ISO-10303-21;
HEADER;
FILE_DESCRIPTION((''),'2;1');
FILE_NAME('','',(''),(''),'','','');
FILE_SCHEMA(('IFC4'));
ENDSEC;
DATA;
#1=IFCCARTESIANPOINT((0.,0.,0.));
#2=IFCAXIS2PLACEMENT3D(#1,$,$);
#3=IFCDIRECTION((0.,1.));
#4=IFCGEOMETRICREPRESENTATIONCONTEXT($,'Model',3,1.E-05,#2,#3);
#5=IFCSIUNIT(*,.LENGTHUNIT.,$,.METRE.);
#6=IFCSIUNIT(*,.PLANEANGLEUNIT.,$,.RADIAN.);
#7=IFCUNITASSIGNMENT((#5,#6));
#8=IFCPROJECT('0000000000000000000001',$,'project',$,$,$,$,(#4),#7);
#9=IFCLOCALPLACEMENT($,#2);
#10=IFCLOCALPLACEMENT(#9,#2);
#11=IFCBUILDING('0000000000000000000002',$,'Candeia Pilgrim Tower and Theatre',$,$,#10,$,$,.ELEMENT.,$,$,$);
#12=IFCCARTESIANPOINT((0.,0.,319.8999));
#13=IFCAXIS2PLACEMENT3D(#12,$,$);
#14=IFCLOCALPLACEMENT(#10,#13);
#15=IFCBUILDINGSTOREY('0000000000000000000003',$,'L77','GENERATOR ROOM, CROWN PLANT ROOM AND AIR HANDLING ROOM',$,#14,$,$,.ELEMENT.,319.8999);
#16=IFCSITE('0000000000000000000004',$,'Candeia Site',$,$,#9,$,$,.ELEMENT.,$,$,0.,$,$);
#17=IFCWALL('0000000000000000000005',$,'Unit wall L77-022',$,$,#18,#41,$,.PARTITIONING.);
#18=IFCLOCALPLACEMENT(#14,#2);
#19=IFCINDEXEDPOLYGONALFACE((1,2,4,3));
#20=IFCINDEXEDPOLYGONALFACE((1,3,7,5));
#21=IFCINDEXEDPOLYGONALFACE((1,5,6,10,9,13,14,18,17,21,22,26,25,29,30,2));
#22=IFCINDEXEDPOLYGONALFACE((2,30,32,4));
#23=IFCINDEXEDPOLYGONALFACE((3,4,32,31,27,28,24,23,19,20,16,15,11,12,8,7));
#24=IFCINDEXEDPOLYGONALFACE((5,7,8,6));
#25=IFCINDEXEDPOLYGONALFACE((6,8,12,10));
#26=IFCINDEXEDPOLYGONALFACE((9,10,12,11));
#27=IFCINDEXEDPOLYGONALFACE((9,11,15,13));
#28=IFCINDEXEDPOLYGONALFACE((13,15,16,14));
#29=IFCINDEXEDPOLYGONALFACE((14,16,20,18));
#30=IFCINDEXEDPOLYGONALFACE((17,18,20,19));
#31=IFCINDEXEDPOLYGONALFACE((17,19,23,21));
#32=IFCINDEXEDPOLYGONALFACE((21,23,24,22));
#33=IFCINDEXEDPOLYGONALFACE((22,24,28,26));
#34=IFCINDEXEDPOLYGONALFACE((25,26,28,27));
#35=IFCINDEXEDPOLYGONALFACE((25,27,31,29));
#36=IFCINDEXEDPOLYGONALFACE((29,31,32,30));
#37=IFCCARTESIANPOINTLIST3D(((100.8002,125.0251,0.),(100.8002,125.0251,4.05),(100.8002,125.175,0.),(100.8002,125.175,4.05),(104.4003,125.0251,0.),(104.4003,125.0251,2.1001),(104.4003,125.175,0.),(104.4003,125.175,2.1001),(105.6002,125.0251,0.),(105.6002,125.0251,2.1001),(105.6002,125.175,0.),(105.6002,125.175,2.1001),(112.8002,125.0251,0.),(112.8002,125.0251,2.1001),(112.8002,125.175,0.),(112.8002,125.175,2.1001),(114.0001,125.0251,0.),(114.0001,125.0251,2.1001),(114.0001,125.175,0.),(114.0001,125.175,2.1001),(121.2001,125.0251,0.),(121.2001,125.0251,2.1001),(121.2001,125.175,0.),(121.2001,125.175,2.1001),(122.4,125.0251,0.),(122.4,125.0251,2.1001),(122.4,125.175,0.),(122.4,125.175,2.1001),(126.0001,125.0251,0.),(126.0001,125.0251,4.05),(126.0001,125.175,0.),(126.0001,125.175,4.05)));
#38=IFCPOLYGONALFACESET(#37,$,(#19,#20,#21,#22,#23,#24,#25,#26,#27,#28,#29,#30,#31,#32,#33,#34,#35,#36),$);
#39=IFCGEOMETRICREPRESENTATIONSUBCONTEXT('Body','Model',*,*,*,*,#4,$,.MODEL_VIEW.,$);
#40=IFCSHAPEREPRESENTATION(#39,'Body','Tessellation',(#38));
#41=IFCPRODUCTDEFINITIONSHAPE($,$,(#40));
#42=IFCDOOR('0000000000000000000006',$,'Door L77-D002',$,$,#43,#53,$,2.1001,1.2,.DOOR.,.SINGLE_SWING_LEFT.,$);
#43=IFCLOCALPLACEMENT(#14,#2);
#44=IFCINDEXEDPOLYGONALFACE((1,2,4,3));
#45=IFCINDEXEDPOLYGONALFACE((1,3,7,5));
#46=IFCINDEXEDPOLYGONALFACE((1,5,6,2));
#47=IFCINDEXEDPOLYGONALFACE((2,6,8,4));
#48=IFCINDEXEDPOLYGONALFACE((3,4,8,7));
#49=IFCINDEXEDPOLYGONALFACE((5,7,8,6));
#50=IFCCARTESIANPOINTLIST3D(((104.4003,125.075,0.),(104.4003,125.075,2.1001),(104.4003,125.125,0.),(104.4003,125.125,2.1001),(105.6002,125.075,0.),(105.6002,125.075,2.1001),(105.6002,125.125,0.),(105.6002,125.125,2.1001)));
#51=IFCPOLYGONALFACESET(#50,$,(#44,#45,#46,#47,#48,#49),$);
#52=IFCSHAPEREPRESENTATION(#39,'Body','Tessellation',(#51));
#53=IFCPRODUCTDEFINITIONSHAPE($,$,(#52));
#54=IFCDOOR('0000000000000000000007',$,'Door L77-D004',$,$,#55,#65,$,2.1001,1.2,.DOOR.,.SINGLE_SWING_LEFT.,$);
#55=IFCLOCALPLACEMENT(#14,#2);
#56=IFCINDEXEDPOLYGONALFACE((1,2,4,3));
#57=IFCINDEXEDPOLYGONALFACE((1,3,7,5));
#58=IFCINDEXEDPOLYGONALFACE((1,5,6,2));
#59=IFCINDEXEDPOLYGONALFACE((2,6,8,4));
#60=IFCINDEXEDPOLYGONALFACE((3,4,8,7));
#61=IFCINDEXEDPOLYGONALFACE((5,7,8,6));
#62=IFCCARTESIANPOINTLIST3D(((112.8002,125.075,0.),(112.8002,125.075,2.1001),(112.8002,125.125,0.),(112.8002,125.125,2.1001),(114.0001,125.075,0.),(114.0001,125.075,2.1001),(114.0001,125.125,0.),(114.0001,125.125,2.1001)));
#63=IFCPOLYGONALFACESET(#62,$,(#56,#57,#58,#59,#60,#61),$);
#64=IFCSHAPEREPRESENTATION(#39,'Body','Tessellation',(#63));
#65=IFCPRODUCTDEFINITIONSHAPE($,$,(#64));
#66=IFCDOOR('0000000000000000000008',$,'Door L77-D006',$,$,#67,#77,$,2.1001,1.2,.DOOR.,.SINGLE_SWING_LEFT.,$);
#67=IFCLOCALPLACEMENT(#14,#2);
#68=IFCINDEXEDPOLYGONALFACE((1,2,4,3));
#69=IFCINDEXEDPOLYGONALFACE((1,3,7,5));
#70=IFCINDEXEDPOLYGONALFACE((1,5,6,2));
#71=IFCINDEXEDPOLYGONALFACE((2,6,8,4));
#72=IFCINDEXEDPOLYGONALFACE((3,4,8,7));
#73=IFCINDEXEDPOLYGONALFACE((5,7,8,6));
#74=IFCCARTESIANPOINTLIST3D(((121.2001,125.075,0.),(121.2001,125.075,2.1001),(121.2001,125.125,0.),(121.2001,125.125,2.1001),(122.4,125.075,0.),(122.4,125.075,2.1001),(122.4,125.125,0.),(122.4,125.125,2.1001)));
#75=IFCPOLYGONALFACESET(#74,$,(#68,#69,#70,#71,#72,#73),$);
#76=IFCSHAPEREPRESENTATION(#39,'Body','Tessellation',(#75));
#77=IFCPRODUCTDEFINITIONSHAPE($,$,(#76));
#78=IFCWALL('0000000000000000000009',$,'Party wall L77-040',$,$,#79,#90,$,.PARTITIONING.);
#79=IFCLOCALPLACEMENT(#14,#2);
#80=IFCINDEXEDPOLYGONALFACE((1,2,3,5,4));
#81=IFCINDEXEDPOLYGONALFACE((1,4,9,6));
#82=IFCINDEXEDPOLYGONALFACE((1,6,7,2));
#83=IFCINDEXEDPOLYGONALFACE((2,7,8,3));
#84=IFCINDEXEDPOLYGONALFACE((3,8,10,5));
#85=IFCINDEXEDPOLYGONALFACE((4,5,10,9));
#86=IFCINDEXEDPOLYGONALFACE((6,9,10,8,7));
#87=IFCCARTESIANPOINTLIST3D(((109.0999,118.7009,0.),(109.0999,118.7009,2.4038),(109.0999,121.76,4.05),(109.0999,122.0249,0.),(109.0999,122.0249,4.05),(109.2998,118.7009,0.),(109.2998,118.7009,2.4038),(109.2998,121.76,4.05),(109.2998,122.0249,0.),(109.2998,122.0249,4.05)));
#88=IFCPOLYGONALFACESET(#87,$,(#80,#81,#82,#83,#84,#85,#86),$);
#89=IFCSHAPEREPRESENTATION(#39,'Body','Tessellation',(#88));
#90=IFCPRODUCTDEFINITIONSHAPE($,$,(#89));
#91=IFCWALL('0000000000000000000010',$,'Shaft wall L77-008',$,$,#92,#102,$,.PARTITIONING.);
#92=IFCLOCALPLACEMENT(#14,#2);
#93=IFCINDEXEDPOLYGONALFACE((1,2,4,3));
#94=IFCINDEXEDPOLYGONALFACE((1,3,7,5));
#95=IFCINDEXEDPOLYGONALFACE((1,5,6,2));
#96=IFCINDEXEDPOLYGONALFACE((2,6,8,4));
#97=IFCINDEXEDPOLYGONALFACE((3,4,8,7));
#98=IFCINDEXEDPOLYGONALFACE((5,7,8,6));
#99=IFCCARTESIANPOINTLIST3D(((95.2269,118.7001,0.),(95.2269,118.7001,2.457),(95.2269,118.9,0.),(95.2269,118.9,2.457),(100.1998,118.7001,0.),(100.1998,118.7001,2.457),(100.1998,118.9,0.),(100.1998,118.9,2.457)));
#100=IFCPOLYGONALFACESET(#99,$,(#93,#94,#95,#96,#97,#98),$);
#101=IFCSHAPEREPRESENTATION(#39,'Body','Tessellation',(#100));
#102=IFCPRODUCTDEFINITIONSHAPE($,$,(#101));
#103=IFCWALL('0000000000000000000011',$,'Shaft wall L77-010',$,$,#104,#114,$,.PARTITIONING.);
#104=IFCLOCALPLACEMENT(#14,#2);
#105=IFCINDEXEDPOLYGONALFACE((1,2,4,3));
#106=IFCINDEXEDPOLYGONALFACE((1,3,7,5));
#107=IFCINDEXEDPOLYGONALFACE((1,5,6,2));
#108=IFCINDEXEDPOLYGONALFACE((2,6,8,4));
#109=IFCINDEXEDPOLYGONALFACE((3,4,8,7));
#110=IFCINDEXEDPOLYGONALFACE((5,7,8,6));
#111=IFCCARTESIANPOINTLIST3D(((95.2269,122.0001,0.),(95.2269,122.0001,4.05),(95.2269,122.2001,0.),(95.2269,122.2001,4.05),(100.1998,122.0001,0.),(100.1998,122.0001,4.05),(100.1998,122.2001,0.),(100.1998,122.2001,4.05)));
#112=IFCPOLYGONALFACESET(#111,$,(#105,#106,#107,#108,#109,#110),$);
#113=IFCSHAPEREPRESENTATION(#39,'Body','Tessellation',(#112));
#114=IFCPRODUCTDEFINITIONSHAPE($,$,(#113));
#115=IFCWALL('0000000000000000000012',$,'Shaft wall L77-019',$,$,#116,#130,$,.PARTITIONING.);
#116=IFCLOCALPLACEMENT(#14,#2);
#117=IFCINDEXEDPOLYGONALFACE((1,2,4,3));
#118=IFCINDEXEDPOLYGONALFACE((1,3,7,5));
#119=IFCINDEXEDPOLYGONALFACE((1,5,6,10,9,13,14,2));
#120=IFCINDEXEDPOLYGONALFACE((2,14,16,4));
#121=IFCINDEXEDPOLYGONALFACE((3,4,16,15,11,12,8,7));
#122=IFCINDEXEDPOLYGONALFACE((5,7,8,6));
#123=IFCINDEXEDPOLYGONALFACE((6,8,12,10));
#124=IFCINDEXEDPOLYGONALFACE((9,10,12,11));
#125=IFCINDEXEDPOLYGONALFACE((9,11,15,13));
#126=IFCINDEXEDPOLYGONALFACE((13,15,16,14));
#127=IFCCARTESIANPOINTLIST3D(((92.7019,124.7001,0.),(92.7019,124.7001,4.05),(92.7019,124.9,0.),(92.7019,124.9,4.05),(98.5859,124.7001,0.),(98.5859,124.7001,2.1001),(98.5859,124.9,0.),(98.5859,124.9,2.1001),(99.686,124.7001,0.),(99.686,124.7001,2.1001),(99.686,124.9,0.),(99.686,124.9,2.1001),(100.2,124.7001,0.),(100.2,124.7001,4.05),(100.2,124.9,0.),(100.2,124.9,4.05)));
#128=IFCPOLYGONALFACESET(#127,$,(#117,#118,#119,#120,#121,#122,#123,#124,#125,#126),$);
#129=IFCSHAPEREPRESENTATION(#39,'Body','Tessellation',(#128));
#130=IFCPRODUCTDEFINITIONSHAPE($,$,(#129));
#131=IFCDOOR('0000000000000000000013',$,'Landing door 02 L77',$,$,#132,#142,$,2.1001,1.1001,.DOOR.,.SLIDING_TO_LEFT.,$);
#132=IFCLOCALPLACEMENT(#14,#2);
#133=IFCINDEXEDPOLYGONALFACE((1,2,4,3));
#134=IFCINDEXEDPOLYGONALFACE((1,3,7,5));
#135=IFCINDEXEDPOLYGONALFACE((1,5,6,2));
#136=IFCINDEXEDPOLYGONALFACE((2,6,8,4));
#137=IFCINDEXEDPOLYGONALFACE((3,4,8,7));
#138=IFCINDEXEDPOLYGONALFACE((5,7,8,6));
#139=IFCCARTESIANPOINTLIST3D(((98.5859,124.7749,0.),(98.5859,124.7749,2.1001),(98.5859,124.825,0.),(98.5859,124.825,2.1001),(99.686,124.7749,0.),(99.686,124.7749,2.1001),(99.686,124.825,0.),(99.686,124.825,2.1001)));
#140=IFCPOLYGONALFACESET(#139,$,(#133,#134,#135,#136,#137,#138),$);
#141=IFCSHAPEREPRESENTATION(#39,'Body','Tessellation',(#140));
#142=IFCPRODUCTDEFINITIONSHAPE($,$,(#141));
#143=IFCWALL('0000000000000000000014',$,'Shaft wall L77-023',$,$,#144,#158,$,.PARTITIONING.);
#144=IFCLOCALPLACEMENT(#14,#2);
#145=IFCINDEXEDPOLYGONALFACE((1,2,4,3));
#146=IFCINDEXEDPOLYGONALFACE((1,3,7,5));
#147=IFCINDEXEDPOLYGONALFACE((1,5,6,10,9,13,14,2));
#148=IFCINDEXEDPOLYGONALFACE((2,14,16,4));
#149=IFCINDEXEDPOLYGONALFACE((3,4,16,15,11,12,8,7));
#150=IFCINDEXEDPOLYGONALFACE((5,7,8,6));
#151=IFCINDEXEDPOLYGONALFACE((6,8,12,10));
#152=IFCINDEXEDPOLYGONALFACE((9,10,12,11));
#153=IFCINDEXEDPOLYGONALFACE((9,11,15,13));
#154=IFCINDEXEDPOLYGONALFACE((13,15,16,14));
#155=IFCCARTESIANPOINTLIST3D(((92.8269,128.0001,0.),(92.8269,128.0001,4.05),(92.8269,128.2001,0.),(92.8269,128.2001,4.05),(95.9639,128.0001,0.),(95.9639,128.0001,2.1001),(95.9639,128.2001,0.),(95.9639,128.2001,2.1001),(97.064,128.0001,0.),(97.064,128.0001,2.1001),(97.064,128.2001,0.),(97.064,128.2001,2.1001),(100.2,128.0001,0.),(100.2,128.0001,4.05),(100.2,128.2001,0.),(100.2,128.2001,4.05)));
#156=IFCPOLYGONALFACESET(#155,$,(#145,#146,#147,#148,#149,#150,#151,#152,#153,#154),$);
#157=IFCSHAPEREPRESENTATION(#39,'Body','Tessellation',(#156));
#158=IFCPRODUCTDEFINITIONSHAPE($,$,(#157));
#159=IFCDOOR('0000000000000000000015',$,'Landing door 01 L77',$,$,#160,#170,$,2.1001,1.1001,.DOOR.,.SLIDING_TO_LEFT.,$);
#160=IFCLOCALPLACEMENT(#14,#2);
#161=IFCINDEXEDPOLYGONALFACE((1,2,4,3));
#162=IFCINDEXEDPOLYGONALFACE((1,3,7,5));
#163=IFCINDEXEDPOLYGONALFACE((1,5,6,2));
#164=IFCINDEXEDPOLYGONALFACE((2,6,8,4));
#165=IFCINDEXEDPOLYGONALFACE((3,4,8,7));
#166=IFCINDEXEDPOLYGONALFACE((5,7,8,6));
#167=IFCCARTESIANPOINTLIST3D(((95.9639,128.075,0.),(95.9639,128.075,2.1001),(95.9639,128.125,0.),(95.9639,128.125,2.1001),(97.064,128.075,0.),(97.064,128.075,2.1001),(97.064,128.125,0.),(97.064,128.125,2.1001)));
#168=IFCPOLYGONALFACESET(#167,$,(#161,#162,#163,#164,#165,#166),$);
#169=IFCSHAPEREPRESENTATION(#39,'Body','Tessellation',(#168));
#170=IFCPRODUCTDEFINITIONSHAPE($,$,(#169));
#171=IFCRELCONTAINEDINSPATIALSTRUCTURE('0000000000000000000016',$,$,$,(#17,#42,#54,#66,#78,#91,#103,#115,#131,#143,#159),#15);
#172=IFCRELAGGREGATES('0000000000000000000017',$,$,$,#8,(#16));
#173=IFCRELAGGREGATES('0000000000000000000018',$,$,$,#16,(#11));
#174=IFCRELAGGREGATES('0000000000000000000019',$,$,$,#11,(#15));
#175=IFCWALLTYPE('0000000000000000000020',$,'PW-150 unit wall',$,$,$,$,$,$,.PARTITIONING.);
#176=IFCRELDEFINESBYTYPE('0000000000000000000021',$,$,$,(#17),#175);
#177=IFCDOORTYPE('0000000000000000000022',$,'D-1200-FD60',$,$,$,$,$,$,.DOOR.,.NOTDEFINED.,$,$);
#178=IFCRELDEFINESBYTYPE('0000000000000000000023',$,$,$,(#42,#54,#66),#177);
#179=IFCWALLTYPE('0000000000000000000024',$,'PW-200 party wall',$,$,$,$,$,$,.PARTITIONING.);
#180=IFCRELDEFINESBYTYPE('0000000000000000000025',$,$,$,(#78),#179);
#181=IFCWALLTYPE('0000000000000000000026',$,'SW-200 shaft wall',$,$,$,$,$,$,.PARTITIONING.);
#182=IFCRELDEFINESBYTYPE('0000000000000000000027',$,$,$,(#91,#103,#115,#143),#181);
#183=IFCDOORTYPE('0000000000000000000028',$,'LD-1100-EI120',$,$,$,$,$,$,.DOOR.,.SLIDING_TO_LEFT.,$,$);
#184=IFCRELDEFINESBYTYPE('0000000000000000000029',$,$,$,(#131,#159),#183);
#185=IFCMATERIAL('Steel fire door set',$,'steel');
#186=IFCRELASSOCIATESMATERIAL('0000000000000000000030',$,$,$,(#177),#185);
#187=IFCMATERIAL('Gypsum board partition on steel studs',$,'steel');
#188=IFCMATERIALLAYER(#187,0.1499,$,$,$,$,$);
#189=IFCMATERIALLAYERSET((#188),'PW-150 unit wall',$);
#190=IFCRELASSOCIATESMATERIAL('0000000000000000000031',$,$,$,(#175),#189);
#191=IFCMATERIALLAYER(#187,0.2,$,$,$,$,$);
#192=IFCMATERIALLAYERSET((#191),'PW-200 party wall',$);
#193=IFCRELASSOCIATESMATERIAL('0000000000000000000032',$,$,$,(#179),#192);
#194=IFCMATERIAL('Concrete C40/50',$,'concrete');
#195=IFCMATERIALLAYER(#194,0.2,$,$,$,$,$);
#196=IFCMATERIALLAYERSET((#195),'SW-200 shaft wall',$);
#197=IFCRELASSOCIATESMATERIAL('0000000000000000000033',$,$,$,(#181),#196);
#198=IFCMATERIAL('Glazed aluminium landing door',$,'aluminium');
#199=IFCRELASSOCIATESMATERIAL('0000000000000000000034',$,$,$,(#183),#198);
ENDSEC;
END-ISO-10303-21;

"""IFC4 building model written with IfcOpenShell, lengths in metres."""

from ifc_helpers import new_model, si_unit, direction, frame, frame_2d, origin, place, context, subcontext, project, spatial, polyline, rectangle, outline, extrude, material, layer, layer_set, type_object, element, fill, save


model = new_model("IFC4")

# Units and contexts
model_context = context("Model", 3, precision=1e-05, world=origin(), true_north=direction((0.0, 1.0)))
body_context = subcontext(model_context, "Body", "Model", "MODEL_VIEW")
ifc_project = project(units=[si_unit("LENGTHUNIT", "METRE"), si_unit("PLANEANGLEUNIT", "RADIAN")], contexts=[model_context])

# Site, building, storey
site_placement = place(None, origin())
site = spatial("IfcSite", under=ifc_project, at=site_placement, Name="Candeia Site", CompositionType="ELEMENT", RefElevation=0.0)
building_placement = place(site_placement, origin())
building = spatial("IfcBuilding", under=site, at=building_placement, Name="Candeia Pilgrim Tower and Theatre", CompositionType="ELEMENT")
storey_placement = place(building_placement, frame((0.0, 0.0, 319.8999)))
storey = spatial("IfcBuildingStorey", under=building, at=storey_placement, Name="L77", Description="GENERATOR ROOM, CROWN PLANT ROOM AND AIR HANDLING ROOM", CompositionType="ELEMENT", Elevation=319.8999)

# Shared definitions
ifc_material_1 = material(Name="Gypsum board partition on steel studs", Category="steel")
ifc_material_2 = material(Name="Steel fire door set", Category="steel")
door_type_1 = type_object("IfcDoorType", Name="D-1200-FD60", OperationType="NOTDEFINED", PredefinedType="DOOR", material=ifc_material_2)

# Wall, openings, doors
ifc_layer_1 = layer(ifc_material_1, 0.1499)
ifc_layer_set_1 = layer_set([ifc_layer_1], Name="PW-150 unit wall")
wall_type_1 = type_object("IfcWallType", Name="PW-150 unit wall", PredefinedType="PARTITIONING", material=ifc_layer_set_1)
wall_1_placement = place(storey_placement, frame((100.8, 125.1001, 0.0), z_axis=(0.0, 0.0, 1.0), x_axis=(1.0, 0.0, 0.0)))
wall_1 = element("IfcWall", 1, at=wall_1_placement, inside=storey, type_object=wall_type_1, Name="Unit wall L77-022", PredefinedType="PARTITIONING", context=body_context, shape_type="SweptSolid", body=[
    extrude(rectangle(XDim=25.2, YDim=0.1499, at=frame_2d((12.6001, 0.0))), origin(), (0.0, 0.0, 1.0), 4.05),
])
opening_1_placement = place(wall_1_placement, frame((3.6001, 0.0, 0.0)))
opening_1 = element("IfcOpeningElement", 2, at=opening_1_placement, cuts=wall_1, PredefinedType="OPENING", context=body_context, shape_type="SweptSolid", body=[
    extrude(rectangle(XDim=1.2, YDim=2.1001, at=frame_2d((0.6001, 1.05))), frame((0.0, 0.085, 0.0), z_axis=(0.0, -1.0, 0.0), x_axis=(1.0, 0.0, 0.0)), (0.0, 0.0, 1.0), 0.1699),
])
opening_2_placement = place(wall_1_placement, frame((12.0, 0.0, 0.0)))
opening_2 = element("IfcOpeningElement", 3, at=opening_2_placement, cuts=wall_1, PredefinedType="OPENING", context=body_context, shape_type="SweptSolid", body=[
    extrude(rectangle(XDim=1.2, YDim=2.1001, at=frame_2d((0.6001, 1.05))), frame((0.0, 0.085, 0.0), z_axis=(0.0, -1.0, 0.0), x_axis=(1.0, 0.0, 0.0)), (0.0, 0.0, 1.0), 0.1699),
])
opening_3_placement = place(wall_1_placement, frame((20.3999, 0.0, 0.0)))
opening_3 = element("IfcOpeningElement", 4, at=opening_3_placement, cuts=wall_1, PredefinedType="OPENING", context=body_context, shape_type="SweptSolid", body=[
    extrude(rectangle(XDim=1.2, YDim=2.1001, at=frame_2d((0.6001, 1.05))), frame((0.0, 0.085, 0.0), z_axis=(0.0, -1.0, 0.0), x_axis=(1.0, 0.0, 0.0)), (0.0, 0.0, 1.0), 0.1699),
])
door_1_placement = place(opening_1_placement, origin())
door_1 = element("IfcDoor", 5, at=door_1_placement, inside=storey, type_object=door_type_1, Name="Door L77-D002", OperationType="SINGLE_SWING_LEFT", OverallHeight=2.1001, OverallWidth=1.2, PredefinedType="DOOR", context=body_context, shape_type="SweptSolid", body=[
    extrude(rectangle(XDim=1.2, YDim=2.1001, at=frame_2d((0.6001, 1.05))), frame((0.0, 0.0249, 0.0), z_axis=(0.0, -1.0, 0.0), x_axis=(1.0, 0.0, 0.0)), (0.0, 0.0, 1.0), 0.05),
])
fill(opening_1, door_1)
door_2_placement = place(opening_2_placement, origin())
door_2 = element("IfcDoor", 6, at=door_2_placement, inside=storey, type_object=door_type_1, Name="Door L77-D004", OperationType="SINGLE_SWING_LEFT", OverallHeight=2.1001, OverallWidth=1.2, PredefinedType="DOOR", context=body_context, shape_type="SweptSolid", body=[
    extrude(rectangle(XDim=1.2, YDim=2.1001, at=frame_2d((0.6001, 1.05))), frame((0.0, 0.0249, 0.0), z_axis=(0.0, -1.0, 0.0), x_axis=(1.0, 0.0, 0.0)), (0.0, 0.0, 1.0), 0.05),
])
fill(opening_2, door_2)
door_3_placement = place(opening_3_placement, origin())
door_3 = element("IfcDoor", 7, at=door_3_placement, inside=storey, type_object=door_type_1, Name="Door L77-D006", OperationType="SINGLE_SWING_LEFT", OverallHeight=2.1001, OverallWidth=1.2, PredefinedType="DOOR", context=body_context, shape_type="SweptSolid", body=[
    extrude(rectangle(XDim=1.2, YDim=2.1001, at=frame_2d((0.6001, 1.05))), frame((0.0, 0.0249, 0.0), z_axis=(0.0, -1.0, 0.0), x_axis=(1.0, 0.0, 0.0)), (0.0, 0.0, 1.0), 0.05),
])
fill(opening_3, door_3)

# Walls
ifc_layer_2 = layer(ifc_material_1, 0.2)
ifc_layer_set_2 = layer_set([ifc_layer_2], Name="PW-200 party wall")
wall_type_2 = type_object("IfcWallType", Name="PW-200 party wall", PredefinedType="PARTITIONING", material=ifc_layer_set_2)
wall_2_placement = place(storey_placement, frame((109.2, 118.7009, 0.0), z_axis=(0.0, 0.0, 1.0), x_axis=(0.0, 1.0, 0.0)))
element("IfcWall", 8, at=wall_2_placement, inside=storey, type_object=wall_type_2, Name="Party wall L77-040", PredefinedType="PARTITIONING", context=body_context, shape_type="SweptSolid", body=[
    extrude(outline(polyline([(0.0, 0.0), (3.324, 0.0), (3.324, 4.05), (3.0591, 4.05), (0.0, 2.4038), (0.0, 0.0)])), frame((0.0, 0.1001, 0.0), z_axis=(0.0, -1.0, 0.0), x_axis=(1.0, 0.0, 0.0)), (0.0, 0.0, 1.0), 0.2),
])
ifc_material_3 = material(Name="Concrete C40/50", Category="concrete")
ifc_layer_3 = layer(ifc_material_3, 0.2)
ifc_layer_set_3 = layer_set([ifc_layer_3], Name="SW-200 shaft wall")
wall_type_3 = type_object("IfcWallType", Name="SW-200 shaft wall", PredefinedType="PARTITIONING", material=ifc_layer_set_3)
wall_3_placement = place(storey_placement, frame((95.2271, 118.8, 0.0), z_axis=(0.0, 0.0, 1.0), x_axis=(1.0, 0.0, 0.0)))
element("IfcWall", 9, at=wall_3_placement, inside=storey, type_object=wall_type_3, Name="Shaft wall L77-008", PredefinedType="PARTITIONING", context=body_context, shape_type="SweptSolid", body=[
    extrude(rectangle(XDim=4.9729, YDim=0.2, at=frame_2d((2.4863, 0.0))), origin(), (0.0, 0.0, 1.0), 2.457),
])
wall_4_placement = place(storey_placement, frame((95.2271, 122.1001, 0.0), z_axis=(0.0, 0.0, 1.0), x_axis=(1.0, 0.0, 0.0)))
element("IfcWall", 10, at=wall_4_placement, inside=storey, type_object=wall_type_3, Name="Shaft wall L77-010", PredefinedType="PARTITIONING", context=body_context, shape_type="SweptSolid", body=[
    extrude(rectangle(XDim=4.9729, YDim=0.2, at=frame_2d((2.4863, 0.0))), origin(), (0.0, 0.0, 1.0), 4.05),
])

# Walls, openings, doors
wall_5_placement = place(storey_placement, frame((92.7019, 124.8, 0.0), z_axis=(0.0, 0.0, 1.0), x_axis=(1.0, 0.0, 0.0)))
wall_5 = element("IfcWall", 11, at=wall_5_placement, inside=storey, type_object=wall_type_3, Name="Shaft wall L77-019", PredefinedType="PARTITIONING", context=body_context, shape_type="SweptSolid", body=[
    extrude(rectangle(XDim=7.498, YDim=0.2, at=frame_2d((3.749, 0.0))), origin(), (0.0, 0.0, 1.0), 4.05),
])
opening_4_placement = place(wall_5_placement, frame((5.884, 0.0, 0.0)))
opening_4 = element("IfcOpeningElement", 12, at=opening_4_placement, cuts=wall_5, PredefinedType="OPENING", context=body_context, shape_type="SweptSolid", body=[
    extrude(rectangle(XDim=1.1001, YDim=2.1001, at=frame_2d((0.55, 1.05))), frame((0.0, 0.1099, 0.0), z_axis=(0.0, -1.0, 0.0), x_axis=(1.0, 0.0, 0.0)), (0.0, 0.0, 1.0), 0.22),
])
ifc_material_4 = material(Name="Glazed aluminium landing door", Category="aluminium")
door_type_2 = type_object("IfcDoorType", Name="LD-1100-EI120", OperationType="SLIDING_TO_LEFT", PredefinedType="DOOR", material=ifc_material_4)
door_4_placement = place(opening_4_placement, origin())
door_4 = element("IfcDoor", 13, at=door_4_placement, inside=storey, type_object=door_type_2, Name="Landing door 02 L77", OperationType="SLIDING_TO_LEFT", OverallHeight=2.1001, OverallWidth=1.1001, PredefinedType="DOOR", context=body_context, shape_type="SweptSolid", body=[
    extrude(rectangle(XDim=1.1001, YDim=2.1001, at=frame_2d((0.55, 1.05))), frame((0.0, 0.0249, 0.0), z_axis=(0.0, -1.0, 0.0), x_axis=(1.0, 0.0, 0.0)), (0.0, 0.0, 1.0), 0.05),
])
fill(opening_4, door_4)
wall_6_placement = place(storey_placement, frame((92.8269, 128.1001, 0.0), z_axis=(0.0, 0.0, 1.0), x_axis=(1.0, 0.0, 0.0)))
wall_6 = element("IfcWall", 14, at=wall_6_placement, inside=storey, type_object=wall_type_3, Name="Shaft wall L77-023", PredefinedType="PARTITIONING", context=body_context, shape_type="SweptSolid", body=[
    extrude(rectangle(XDim=7.373, YDim=0.2, at=frame_2d((3.6865, 0.0))), origin(), (0.0, 0.0, 1.0), 4.05),
])
opening_5_placement = place(wall_6_placement, frame((3.137, 0.0, 0.0)))
opening_5 = element("IfcOpeningElement", 15, at=opening_5_placement, cuts=wall_6, PredefinedType="OPENING", context=body_context, shape_type="SweptSolid", body=[
    extrude(rectangle(XDim=1.1001, YDim=2.1001, at=frame_2d((0.55, 1.05))), frame((0.0, 0.1099, 0.0), z_axis=(0.0, -1.0, 0.0), x_axis=(1.0, 0.0, 0.0)), (0.0, 0.0, 1.0), 0.22),
])
door_5_placement = place(opening_5_placement, origin())
door_5 = element("IfcDoor", 16, at=door_5_placement, inside=storey, type_object=door_type_2, Name="Landing door 01 L77", OperationType="SLIDING_TO_LEFT", OverallHeight=2.1001, OverallWidth=1.1001, PredefinedType="DOOR", context=body_context, shape_type="SweptSolid", body=[
    extrude(rectangle(XDim=1.1001, YDim=2.1001, at=frame_2d((0.55, 1.05))), frame((0.0, 0.0249, 0.0), z_axis=(0.0, -1.0, 0.0), x_axis=(1.0, 0.0, 0.0)), (0.0, 0.0, 1.0), 0.05),
])
fill(opening_5, door_5)

save(model, "model.ifc")
